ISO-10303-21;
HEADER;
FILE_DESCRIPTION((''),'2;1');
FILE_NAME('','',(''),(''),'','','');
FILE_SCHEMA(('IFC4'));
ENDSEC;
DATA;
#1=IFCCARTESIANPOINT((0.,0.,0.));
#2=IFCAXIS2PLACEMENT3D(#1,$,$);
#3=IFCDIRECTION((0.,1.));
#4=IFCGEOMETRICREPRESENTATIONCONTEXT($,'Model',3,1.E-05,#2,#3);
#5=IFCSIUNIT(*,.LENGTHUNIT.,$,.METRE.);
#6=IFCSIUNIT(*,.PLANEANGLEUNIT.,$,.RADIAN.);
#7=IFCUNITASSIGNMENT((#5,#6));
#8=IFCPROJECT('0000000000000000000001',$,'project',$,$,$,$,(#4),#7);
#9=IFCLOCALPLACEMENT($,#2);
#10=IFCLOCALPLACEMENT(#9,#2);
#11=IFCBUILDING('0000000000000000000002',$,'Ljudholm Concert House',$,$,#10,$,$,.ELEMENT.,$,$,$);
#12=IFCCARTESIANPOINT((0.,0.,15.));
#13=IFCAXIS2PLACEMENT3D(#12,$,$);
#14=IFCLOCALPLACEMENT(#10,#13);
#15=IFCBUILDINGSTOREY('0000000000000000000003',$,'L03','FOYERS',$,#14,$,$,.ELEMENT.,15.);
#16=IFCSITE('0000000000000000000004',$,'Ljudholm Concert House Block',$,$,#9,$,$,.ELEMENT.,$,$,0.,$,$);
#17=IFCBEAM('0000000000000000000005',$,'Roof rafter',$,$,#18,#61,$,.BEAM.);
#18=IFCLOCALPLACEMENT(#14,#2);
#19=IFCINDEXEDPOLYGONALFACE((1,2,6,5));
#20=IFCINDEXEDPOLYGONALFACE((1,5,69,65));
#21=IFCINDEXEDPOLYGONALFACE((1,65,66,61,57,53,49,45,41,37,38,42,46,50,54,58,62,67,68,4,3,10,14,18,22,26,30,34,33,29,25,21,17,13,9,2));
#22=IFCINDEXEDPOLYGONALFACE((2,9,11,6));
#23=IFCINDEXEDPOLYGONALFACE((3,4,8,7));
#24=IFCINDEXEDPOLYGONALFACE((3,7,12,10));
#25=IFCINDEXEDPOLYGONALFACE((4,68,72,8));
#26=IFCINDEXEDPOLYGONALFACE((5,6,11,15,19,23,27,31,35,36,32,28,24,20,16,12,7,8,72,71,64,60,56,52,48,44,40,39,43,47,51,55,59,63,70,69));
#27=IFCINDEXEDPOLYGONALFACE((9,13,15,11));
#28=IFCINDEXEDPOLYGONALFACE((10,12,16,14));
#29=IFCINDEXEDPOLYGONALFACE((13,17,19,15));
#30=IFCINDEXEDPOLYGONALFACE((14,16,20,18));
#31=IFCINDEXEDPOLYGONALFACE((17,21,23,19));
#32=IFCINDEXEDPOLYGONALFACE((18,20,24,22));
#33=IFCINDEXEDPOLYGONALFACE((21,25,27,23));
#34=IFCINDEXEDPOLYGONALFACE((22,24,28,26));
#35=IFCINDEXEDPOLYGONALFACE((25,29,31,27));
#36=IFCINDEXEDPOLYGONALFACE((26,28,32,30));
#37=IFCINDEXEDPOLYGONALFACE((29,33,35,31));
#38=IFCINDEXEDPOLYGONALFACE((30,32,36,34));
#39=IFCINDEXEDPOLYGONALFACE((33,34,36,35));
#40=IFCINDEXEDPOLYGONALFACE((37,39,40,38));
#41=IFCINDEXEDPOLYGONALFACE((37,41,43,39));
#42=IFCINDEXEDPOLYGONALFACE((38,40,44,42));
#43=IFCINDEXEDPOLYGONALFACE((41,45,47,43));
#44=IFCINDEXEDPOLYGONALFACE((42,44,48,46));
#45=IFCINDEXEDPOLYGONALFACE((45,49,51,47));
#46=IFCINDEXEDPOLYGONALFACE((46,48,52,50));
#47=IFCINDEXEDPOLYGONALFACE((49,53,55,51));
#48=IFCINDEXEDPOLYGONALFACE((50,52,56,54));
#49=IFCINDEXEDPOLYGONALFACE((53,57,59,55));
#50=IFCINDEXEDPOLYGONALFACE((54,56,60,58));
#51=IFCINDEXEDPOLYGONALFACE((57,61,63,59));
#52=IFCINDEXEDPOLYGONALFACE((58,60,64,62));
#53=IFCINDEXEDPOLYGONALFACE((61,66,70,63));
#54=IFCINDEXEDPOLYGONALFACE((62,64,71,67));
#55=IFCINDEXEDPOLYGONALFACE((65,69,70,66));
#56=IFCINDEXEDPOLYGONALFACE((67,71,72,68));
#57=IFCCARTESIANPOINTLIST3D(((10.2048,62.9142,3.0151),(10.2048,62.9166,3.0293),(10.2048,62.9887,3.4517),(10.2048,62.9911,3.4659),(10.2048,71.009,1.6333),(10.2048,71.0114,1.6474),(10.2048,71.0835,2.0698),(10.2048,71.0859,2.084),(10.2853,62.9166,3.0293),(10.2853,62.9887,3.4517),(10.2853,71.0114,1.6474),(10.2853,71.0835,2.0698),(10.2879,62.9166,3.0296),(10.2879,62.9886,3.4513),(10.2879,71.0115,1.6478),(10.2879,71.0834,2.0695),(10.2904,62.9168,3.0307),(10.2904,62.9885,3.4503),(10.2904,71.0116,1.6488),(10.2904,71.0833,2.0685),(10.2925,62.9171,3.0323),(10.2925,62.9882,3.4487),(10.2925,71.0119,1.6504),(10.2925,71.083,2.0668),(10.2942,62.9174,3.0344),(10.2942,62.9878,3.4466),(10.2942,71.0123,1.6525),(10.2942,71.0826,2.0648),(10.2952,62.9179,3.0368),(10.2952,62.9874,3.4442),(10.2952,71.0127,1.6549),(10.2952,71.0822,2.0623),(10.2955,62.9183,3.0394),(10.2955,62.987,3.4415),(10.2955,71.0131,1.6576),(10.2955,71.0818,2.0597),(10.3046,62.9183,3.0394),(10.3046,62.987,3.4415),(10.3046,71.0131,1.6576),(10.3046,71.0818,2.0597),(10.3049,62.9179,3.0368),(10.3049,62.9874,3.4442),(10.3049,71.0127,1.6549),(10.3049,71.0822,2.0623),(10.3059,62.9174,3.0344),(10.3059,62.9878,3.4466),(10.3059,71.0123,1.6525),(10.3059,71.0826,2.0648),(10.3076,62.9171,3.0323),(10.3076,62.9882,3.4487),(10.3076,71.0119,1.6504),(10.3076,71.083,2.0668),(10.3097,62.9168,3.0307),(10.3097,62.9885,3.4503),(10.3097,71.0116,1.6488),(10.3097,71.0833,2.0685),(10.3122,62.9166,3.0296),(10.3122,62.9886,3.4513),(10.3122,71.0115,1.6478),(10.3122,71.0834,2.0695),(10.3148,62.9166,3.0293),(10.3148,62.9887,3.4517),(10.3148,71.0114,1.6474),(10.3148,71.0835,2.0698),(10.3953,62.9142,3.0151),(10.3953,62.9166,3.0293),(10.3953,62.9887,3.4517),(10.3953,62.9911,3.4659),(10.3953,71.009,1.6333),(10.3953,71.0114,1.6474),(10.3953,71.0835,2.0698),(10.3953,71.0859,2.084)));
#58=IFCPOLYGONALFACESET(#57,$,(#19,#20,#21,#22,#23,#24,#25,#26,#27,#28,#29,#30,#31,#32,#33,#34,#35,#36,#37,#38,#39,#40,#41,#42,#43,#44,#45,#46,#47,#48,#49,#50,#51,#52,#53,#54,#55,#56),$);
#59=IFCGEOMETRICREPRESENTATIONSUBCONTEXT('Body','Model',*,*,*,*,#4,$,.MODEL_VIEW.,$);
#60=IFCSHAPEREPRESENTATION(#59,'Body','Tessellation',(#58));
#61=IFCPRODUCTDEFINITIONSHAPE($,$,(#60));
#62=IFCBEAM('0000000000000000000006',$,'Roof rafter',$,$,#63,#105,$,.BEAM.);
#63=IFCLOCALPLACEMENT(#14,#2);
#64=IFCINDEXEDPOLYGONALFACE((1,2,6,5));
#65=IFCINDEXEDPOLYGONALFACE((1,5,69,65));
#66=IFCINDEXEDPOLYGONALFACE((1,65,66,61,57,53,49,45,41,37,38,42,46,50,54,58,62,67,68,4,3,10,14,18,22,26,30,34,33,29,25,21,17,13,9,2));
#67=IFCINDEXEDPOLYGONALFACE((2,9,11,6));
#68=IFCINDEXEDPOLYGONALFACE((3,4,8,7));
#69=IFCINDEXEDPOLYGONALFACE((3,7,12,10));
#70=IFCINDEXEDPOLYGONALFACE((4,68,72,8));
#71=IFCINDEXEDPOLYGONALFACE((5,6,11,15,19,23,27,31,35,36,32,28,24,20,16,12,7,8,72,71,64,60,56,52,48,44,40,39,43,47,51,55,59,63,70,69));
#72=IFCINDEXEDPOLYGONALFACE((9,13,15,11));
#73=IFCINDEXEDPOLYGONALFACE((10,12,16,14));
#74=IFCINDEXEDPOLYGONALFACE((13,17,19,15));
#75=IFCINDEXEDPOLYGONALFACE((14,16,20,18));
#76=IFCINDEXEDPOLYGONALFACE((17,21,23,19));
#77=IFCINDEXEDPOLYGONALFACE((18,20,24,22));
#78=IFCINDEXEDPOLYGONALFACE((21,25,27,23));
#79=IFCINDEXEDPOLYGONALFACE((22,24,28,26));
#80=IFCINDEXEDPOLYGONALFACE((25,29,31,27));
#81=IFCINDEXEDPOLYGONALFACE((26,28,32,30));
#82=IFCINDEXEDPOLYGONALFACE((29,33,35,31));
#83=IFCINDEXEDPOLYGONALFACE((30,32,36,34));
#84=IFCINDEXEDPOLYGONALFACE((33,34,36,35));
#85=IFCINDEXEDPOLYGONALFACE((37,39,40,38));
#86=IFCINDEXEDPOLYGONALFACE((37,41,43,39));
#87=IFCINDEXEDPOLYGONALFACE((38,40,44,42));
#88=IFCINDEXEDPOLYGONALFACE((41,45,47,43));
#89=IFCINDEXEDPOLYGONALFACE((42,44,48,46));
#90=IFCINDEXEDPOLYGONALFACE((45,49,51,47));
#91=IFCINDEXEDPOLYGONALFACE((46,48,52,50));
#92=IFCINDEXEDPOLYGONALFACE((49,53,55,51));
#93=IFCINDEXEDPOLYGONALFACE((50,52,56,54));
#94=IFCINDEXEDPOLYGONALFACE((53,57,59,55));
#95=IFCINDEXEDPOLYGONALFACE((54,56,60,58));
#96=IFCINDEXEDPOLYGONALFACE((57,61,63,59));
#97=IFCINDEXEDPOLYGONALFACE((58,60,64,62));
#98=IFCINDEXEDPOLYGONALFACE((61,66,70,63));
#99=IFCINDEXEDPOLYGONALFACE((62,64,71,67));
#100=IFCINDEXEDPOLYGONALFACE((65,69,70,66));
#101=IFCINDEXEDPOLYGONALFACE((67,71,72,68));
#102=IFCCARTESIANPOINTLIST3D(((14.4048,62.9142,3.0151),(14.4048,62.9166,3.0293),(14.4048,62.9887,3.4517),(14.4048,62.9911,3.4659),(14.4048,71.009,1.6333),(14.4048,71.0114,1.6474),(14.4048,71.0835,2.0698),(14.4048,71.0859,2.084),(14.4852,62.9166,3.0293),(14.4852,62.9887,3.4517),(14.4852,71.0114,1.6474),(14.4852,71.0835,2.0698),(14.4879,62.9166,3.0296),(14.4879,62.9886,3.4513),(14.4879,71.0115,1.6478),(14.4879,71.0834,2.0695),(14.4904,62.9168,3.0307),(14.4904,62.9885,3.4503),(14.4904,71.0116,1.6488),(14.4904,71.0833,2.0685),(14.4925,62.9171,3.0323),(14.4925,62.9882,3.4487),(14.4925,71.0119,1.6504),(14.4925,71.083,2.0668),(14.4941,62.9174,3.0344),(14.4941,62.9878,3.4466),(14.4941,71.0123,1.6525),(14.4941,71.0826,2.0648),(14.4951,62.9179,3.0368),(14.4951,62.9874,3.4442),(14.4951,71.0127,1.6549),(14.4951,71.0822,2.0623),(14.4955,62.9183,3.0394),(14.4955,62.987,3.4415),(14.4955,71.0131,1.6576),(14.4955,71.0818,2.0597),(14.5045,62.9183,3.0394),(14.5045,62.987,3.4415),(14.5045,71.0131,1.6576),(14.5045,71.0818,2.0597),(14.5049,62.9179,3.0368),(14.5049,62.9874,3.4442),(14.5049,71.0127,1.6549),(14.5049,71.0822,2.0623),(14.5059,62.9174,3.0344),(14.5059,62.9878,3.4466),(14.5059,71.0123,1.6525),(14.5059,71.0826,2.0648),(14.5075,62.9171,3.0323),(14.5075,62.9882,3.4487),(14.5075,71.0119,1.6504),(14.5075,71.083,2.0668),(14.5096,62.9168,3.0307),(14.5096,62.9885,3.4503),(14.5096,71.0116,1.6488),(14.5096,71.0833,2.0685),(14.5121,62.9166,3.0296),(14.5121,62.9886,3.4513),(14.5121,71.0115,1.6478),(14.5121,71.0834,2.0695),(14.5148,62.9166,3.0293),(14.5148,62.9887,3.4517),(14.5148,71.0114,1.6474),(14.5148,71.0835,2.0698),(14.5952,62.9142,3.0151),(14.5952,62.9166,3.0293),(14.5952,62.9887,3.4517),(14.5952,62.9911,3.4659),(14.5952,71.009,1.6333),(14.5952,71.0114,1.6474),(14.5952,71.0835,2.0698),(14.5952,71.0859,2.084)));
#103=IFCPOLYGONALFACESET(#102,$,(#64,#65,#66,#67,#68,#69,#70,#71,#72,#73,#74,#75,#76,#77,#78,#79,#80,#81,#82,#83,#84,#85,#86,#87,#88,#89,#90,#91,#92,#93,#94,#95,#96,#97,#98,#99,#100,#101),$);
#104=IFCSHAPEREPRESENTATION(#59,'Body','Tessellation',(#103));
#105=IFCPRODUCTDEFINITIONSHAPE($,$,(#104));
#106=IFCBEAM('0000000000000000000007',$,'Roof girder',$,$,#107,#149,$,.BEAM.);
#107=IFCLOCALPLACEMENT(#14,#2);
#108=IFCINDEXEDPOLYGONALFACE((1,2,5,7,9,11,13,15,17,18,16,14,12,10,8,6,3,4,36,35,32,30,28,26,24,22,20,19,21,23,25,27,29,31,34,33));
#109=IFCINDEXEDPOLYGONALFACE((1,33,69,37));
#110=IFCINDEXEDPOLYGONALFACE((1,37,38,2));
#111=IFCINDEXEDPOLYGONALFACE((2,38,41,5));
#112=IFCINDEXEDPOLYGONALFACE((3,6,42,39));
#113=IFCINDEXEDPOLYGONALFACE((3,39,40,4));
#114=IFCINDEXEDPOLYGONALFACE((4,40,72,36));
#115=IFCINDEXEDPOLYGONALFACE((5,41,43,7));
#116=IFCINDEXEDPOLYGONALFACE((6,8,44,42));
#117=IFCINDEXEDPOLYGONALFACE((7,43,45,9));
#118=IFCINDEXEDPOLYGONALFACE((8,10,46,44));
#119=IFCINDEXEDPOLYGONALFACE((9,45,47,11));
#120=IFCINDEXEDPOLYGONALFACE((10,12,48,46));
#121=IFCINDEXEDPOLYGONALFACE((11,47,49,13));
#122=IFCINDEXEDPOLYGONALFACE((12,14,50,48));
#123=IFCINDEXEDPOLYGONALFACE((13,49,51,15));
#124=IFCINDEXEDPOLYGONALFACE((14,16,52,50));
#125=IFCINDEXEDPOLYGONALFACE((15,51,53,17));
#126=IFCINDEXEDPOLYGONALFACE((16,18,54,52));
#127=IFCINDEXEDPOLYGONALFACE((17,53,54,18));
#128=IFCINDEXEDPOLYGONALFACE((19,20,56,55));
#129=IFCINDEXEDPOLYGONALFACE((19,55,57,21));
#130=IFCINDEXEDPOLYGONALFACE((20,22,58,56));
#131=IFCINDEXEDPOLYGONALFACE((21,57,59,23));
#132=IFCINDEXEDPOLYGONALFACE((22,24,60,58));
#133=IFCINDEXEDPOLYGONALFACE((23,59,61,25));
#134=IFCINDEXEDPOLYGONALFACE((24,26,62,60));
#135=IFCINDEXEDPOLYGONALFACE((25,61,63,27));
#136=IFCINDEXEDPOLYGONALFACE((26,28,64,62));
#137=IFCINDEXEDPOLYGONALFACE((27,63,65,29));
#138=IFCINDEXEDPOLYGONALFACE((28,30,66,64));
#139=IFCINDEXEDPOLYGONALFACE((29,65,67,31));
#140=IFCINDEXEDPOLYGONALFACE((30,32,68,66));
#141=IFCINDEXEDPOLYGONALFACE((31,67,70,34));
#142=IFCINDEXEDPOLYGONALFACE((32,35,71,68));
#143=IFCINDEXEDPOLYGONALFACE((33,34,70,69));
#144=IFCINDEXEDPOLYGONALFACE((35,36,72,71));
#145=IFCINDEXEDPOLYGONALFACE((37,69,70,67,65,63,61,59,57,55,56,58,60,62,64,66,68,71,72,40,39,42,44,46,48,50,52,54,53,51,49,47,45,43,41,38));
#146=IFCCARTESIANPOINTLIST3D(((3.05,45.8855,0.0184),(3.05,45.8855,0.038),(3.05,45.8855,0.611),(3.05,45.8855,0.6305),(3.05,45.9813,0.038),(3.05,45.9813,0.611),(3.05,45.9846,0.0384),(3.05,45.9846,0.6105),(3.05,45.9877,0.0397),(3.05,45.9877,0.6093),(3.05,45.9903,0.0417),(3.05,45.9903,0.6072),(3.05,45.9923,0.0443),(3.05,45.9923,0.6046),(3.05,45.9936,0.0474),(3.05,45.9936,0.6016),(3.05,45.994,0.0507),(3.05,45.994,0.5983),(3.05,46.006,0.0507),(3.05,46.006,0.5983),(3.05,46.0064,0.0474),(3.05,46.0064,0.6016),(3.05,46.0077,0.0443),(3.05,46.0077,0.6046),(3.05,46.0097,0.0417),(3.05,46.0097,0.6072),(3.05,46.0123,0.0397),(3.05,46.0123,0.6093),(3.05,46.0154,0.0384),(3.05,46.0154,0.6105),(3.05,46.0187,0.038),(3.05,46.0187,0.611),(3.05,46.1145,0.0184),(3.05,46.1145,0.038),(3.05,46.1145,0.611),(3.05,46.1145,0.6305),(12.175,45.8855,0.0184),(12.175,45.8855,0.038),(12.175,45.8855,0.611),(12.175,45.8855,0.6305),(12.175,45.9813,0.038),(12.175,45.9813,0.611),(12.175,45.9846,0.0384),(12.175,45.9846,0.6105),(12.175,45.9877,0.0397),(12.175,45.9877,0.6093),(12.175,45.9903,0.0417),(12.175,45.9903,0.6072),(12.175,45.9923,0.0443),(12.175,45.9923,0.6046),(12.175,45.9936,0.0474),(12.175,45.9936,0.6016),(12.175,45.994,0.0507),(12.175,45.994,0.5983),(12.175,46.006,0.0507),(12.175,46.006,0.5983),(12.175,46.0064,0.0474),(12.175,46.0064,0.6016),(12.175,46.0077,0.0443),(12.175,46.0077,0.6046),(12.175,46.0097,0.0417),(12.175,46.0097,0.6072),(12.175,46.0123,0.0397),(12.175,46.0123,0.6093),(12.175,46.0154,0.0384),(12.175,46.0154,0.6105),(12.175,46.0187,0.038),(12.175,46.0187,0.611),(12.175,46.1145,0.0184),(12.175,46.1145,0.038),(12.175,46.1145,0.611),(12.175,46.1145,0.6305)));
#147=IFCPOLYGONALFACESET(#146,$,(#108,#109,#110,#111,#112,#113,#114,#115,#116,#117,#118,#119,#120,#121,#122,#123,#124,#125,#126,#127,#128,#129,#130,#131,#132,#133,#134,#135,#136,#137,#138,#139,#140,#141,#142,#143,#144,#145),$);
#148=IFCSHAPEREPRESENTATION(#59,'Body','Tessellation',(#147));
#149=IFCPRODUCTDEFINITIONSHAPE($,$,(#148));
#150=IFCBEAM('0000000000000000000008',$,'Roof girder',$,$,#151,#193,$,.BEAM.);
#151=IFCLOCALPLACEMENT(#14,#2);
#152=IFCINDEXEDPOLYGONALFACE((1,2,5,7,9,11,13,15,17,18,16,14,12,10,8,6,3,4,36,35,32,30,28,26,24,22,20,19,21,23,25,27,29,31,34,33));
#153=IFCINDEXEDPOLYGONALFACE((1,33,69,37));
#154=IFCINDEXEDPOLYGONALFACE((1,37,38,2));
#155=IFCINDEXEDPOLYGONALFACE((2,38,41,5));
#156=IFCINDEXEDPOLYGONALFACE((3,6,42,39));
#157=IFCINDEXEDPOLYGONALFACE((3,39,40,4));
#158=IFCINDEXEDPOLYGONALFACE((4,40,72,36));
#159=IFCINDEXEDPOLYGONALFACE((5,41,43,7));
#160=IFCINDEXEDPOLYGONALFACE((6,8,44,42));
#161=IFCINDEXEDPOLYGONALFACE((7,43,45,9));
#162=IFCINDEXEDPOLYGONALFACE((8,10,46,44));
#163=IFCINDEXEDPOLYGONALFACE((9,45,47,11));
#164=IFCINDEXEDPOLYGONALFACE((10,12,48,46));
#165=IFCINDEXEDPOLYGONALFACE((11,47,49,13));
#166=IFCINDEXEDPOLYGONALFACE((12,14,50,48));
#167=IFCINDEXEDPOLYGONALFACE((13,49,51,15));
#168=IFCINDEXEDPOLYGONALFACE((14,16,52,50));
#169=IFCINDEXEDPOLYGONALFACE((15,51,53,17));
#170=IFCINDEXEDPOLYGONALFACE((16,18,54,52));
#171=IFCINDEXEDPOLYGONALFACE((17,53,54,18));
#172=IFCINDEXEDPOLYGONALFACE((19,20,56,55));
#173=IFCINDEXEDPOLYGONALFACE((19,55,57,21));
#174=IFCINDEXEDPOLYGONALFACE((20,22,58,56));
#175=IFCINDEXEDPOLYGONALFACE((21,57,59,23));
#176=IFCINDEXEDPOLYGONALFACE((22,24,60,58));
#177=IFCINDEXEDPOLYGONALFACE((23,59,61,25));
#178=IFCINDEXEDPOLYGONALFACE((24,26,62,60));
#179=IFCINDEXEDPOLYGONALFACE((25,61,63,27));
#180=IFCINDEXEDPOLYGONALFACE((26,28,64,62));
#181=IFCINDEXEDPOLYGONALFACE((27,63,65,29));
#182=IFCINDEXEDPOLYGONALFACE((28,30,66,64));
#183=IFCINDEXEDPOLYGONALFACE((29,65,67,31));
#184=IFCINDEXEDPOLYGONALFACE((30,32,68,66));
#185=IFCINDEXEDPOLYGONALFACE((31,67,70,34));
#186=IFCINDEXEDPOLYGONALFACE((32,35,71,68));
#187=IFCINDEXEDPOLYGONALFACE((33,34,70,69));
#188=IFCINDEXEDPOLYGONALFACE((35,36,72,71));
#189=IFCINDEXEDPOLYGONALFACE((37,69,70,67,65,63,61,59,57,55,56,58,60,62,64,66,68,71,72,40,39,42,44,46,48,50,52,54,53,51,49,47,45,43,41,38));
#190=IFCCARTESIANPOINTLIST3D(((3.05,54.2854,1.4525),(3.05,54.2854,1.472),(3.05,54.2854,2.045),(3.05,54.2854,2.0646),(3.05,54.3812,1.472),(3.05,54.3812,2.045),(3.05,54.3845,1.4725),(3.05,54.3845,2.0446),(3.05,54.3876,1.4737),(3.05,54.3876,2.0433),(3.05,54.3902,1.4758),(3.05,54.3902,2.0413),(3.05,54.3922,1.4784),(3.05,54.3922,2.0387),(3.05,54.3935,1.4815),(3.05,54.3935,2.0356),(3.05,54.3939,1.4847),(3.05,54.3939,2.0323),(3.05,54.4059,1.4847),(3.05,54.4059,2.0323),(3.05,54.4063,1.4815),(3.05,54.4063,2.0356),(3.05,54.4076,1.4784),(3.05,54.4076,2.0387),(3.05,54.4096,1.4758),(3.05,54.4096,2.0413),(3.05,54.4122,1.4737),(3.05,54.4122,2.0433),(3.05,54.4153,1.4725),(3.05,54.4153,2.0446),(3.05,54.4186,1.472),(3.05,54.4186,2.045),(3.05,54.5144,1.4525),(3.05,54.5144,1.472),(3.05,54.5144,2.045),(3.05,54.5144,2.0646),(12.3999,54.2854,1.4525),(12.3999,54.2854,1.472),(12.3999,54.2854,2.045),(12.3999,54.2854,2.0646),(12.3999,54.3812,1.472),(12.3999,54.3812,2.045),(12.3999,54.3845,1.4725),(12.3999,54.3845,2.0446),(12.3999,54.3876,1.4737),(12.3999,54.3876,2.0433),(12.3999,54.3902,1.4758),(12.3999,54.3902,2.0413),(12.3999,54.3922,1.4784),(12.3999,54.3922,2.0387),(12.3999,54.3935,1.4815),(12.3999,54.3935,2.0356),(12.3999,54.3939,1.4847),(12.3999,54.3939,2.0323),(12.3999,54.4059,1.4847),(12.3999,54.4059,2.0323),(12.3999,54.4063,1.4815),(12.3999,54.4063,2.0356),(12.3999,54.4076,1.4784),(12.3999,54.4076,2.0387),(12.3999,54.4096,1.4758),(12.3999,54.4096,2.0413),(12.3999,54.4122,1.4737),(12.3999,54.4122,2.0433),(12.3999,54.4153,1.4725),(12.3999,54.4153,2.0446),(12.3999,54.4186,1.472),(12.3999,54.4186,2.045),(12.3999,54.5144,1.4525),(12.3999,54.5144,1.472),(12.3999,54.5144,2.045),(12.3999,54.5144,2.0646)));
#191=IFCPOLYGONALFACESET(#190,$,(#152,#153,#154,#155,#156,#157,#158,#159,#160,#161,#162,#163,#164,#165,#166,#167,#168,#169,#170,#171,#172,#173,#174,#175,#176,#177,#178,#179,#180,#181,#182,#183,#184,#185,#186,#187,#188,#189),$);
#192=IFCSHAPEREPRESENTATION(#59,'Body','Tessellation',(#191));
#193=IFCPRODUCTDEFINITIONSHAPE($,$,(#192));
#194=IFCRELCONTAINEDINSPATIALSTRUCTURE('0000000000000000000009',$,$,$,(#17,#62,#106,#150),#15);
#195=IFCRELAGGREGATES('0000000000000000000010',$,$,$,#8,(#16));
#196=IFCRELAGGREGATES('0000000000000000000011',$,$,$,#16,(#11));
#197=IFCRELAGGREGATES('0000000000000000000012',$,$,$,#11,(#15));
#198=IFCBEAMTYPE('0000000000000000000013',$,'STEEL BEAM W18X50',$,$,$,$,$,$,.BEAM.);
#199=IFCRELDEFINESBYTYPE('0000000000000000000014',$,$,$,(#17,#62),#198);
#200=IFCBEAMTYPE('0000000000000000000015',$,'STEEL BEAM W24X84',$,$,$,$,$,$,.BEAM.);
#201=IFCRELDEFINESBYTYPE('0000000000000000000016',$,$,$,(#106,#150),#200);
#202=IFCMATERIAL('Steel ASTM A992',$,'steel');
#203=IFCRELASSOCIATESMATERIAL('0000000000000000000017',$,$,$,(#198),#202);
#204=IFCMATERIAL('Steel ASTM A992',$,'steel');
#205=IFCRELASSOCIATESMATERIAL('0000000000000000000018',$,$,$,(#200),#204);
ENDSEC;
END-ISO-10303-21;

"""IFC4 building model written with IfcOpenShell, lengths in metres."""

from ifc_helpers import new_model, si_unit, direction, frame, origin, origin_2d, place, context, subcontext, project, spatial, i_section, extrude, material, material_profile, profile_set, type_object, element, save


model = new_model("IFC4")

# Units and contexts
model_context = context("Model", 3, precision=1e-05, world=origin(), true_north=direction((0.0, 1.0)))
body_context = subcontext(model_context, "Body", "Model", "MODEL_VIEW")
ifc_project = project(units=[si_unit("LENGTHUNIT", "METRE"), si_unit("PLANEANGLEUNIT", "RADIAN")], contexts=[model_context])

# Site, building, storey
site_placement = place(None, origin())
site = spatial("IfcSite", under=ifc_project, at=site_placement, Name="Ljudholm Concert House Block", CompositionType="ELEMENT", RefElevation=0.0)
building_placement = place(site_placement, origin())
building = spatial("IfcBuilding", under=site, at=building_placement, Name="Ljudholm Concert House", CompositionType="ELEMENT")
storey_placement = place(building_placement, frame((0.0, 0.0, 15.0)))
storey = spatial("IfcBuildingStorey", under=building, at=storey_placement, Name="L03", Description="FOYERS", CompositionType="ELEMENT", Elevation=15.0)

# Beams
ifc_material_1 = material(Name="Steel ASTM A992", Category="steel")
ifc_material_profile_1 = material_profile(ifc_material_1, i_section(OverallWidth=0.1904, OverallDepth=0.4573, WebThickness=0.009, FlangeThickness=0.0144, FilletRadius=0.0103, at=origin_2d()), Name="W18X50")
ifc_profile_set_1 = profile_set([ifc_material_profile_1], Name="Steel ASTM A992")
beam_type_1 = type_object("IfcBeamType", Name="STEEL BEAM W18X50", PredefinedType="BEAM", material=ifc_profile_set_1)
for number, where, z_axis, x_axis, name in (
    (1, (10.3, 62.9526, 3.2405), (0.0, 0.98574, -0.168274), (-1.0, 0.0, 0.0), "Roof rafter"),
    (2, (14.5, 62.9526, 3.2405), (0.0, 0.98574, -0.168274), (-1.0, 0.0, 0.0), "Roof rafter"),
):
    element("IfcBeam", number, at=place(storey_placement, frame(where, z_axis=z_axis, x_axis=x_axis)), inside=storey, type_object=beam_type_1, Name=name, PredefinedType="BEAM", context=body_context, shape_type="SweptSolid", body=[
        extrude(i_section(OverallWidth=0.1904, OverallDepth=0.4573, WebThickness=0.009, FlangeThickness=0.0144, FilletRadius=0.0103, at=origin_2d()), origin(), (0.0, 0.0, 1.0), 8.2119),
    ])
ifc_material_2 = material(Name="Steel ASTM A992", Category="steel")
ifc_material_profile_2 = material_profile(ifc_material_2, i_section(OverallWidth=0.229, OverallDepth=0.6121, WebThickness=0.012, FlangeThickness=0.0195, FilletRadius=0.0127, at=origin_2d()), Name="W24X84")
ifc_profile_set_2 = profile_set([ifc_material_profile_2], Name="Steel ASTM A992")
beam_type_2 = type_object("IfcBeamType", Name="STEEL BEAM W24X84", PredefinedType="BEAM", material=ifc_profile_set_2)
beam_1_placement = place(storey_placement, frame((3.05, 46.0, 0.3245), z_axis=(1.0, 0.0, 0.0), x_axis=(0.0, 1.0, 0.0)))
element("IfcBeam", 3, at=beam_1_placement, inside=storey, type_object=beam_type_2, Name="Roof girder", PredefinedType="BEAM", context=body_context, shape_type="SweptSolid", body=[
    extrude(i_section(OverallWidth=0.229, OverallDepth=0.6121, WebThickness=0.012, FlangeThickness=0.0195, FilletRadius=0.0127, at=origin_2d()), origin(), (0.0, 0.0, 1.0), 9.125),
])
beam_2_placement = place(storey_placement, frame((3.05, 54.3999, 1.7585), z_axis=(1.0, 0.0, 0.0), x_axis=(0.0, 1.0, 0.0)))
element("IfcBeam", 4, at=beam_2_placement, inside=storey, type_object=beam_type_2, Name="Roof girder", PredefinedType="BEAM", context=body_context, shape_type="SweptSolid", body=[
    extrude(i_section(OverallWidth=0.229, OverallDepth=0.6121, WebThickness=0.012, FlangeThickness=0.0195, FilletRadius=0.0127, at=origin_2d()), origin(), (0.0, 0.0, 1.0), 9.3499),
])

save(model, "model.ifc")
